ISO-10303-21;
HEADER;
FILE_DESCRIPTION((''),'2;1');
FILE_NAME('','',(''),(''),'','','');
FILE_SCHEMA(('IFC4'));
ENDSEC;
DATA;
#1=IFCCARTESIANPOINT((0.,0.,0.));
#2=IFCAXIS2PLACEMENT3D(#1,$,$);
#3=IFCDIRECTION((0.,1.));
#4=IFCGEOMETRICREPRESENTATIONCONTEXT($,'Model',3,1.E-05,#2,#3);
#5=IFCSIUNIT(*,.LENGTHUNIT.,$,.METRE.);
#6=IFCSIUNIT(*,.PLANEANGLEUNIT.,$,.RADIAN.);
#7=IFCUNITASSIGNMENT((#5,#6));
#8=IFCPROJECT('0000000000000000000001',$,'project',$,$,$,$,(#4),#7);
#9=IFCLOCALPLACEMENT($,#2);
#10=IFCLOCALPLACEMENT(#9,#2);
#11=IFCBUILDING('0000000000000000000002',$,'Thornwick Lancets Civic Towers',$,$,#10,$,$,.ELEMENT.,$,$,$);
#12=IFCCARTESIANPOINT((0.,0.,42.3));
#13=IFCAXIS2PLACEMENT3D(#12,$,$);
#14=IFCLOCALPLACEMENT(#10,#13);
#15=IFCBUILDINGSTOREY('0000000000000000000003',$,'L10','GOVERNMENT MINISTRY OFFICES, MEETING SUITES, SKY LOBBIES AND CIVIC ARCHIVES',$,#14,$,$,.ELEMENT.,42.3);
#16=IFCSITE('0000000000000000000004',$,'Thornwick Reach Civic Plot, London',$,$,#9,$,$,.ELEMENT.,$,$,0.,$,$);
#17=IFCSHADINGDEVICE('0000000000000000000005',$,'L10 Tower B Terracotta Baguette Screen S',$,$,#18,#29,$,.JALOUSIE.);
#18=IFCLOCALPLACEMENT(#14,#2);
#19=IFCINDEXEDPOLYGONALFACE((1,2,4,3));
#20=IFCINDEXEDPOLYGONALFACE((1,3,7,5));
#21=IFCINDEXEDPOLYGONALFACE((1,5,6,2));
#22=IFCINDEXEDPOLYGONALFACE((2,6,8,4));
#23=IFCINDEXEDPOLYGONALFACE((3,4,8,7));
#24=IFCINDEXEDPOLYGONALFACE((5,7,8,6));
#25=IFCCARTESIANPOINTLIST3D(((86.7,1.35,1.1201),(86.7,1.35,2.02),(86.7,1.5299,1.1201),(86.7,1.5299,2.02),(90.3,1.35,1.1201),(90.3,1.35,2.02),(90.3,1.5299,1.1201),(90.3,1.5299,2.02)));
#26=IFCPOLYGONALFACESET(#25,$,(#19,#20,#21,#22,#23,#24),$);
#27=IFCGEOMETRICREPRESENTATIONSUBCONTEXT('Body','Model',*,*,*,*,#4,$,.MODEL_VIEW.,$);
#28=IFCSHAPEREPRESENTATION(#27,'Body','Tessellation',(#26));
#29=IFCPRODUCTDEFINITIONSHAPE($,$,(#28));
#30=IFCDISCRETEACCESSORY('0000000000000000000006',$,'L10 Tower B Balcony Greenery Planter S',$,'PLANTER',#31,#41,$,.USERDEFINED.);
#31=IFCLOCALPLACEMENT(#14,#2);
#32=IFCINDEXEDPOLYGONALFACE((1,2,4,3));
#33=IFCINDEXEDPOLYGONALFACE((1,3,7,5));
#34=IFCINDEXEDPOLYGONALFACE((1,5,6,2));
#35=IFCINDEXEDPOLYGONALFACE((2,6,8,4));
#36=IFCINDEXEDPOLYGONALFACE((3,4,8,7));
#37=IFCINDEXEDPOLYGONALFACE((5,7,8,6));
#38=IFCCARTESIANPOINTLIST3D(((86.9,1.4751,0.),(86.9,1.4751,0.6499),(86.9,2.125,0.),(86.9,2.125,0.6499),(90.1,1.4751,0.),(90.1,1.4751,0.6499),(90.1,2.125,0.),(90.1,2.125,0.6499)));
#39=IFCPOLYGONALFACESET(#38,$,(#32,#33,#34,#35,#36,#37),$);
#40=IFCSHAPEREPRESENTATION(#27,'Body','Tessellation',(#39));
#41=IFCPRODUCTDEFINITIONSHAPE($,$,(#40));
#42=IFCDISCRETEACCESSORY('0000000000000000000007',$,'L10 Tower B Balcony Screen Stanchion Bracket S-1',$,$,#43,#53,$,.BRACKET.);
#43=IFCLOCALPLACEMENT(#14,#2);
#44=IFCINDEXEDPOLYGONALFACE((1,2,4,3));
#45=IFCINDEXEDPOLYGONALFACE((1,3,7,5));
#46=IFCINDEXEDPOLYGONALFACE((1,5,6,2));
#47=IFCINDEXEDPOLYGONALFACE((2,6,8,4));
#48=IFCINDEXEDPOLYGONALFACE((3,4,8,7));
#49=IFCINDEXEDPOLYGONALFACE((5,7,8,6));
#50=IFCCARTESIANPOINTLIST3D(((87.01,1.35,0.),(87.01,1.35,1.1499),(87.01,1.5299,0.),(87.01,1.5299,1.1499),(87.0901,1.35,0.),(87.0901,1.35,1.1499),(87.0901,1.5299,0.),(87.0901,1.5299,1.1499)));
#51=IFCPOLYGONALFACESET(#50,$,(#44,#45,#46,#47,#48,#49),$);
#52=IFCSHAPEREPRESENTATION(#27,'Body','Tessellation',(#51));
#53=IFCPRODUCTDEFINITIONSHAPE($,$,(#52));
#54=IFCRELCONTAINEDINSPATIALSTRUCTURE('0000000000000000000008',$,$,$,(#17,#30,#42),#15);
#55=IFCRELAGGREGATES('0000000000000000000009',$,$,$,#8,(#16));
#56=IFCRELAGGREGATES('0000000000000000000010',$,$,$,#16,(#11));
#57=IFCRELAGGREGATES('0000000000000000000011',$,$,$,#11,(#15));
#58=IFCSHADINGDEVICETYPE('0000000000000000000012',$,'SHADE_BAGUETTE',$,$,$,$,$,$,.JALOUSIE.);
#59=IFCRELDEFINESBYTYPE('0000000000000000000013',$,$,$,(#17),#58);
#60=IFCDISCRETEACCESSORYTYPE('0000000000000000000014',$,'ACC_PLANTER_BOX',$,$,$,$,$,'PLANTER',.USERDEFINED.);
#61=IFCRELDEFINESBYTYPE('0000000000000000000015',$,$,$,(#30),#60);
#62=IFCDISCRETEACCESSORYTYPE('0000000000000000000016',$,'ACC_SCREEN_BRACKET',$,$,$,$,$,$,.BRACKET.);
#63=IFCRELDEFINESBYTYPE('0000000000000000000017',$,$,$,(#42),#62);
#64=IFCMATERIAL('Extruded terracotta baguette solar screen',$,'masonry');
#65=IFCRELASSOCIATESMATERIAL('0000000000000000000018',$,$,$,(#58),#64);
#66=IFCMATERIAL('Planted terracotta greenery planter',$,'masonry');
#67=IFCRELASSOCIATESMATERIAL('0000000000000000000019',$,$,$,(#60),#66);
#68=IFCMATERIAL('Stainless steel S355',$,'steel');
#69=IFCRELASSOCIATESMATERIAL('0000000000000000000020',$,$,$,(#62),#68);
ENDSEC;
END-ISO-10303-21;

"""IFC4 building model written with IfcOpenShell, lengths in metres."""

from ifc_helpers import new_model, si_unit, direction, frame, origin, origin_2d, place, context, subcontext, project, spatial, rectangle, extrude, material, type_object, element, save


model = new_model("IFC4")

# Units and contexts
model_context = context("Model", 3, precision=1e-05, world=origin(), true_north=direction((0.0, 1.0)))
body_context = subcontext(model_context, "Body", "Model", "MODEL_VIEW")
ifc_project = project(units=[si_unit("LENGTHUNIT", "METRE"), si_unit("PLANEANGLEUNIT", "RADIAN")], contexts=[model_context])

# Site, building, storey
site_placement = place(None, origin())
site = spatial("IfcSite", under=ifc_project, at=site_placement, Name="Thornwick Reach Civic Plot, London", CompositionType="ELEMENT", RefElevation=0.0)
building_placement = place(site_placement, origin())
building = spatial("IfcBuilding", under=site, at=building_placement, Name="Thornwick Lancets Civic Towers", CompositionType="ELEMENT")
storey_placement = place(building_placement, frame((0.0, 0.0, 42.3)))
storey = spatial("IfcBuildingStorey", under=building, at=storey_placement, Name="L10", Description="GOVERNMENT MINISTRY OFFICES, MEETING SUITES, SKY LOBBIES AND CIVIC ARCHIVES", CompositionType="ELEMENT", Elevation=42.3)

# Shading device
ifc_material_1 = material(Name="Extruded terracotta baguette solar screen", Category="masonry")
shading_device_type = type_object("IfcShadingDeviceType", Name="SHADE_BAGUETTE", PredefinedType="JALOUSIE", material=ifc_material_1)
shading_device_placement = place(storey_placement, frame((88.5, 1.4399, 1.1201), z_axis=(0.0, 0.0, 1.0), x_axis=(1.0, 0.0, 0.0)))
element("IfcShadingDevice", 1, at=shading_device_placement, inside=storey, type_object=shading_device_type, Name="L10 Tower B Terracotta Baguette Screen S", PredefinedType="JALOUSIE", context=body_context, shape_type="SweptSolid", body=[
    extrude(rectangle(XDim=3.6001, YDim=0.1799, at=origin_2d()), origin(), (0.0, 0.0, 1.0), 0.8999),
])

# Discrete accessories
ifc_material_2 = material(Name="Planted terracotta greenery planter", Category="masonry")
discrete_accessory_type_1 = type_object("IfcDiscreteAccessoryType", Name="ACC_PLANTER_BOX", ElementType="PLANTER", PredefinedType="USERDEFINED", material=ifc_material_2)
discrete_accessory_1_placement = place(storey_placement, frame((88.5, 1.8, 0.0), z_axis=(0.0, 0.0, 1.0), x_axis=(1.0, 0.0, 0.0)))
element("IfcDiscreteAccessory", 2, at=discrete_accessory_1_placement, inside=storey, type_object=discrete_accessory_type_1, Name="L10 Tower B Balcony Greenery Planter S", ObjectType="PLANTER", PredefinedType="USERDEFINED", context=body_context, shape_type="SweptSolid", body=[
    extrude(rectangle(XDim=3.2, YDim=0.6499, at=origin_2d()), origin(), (0.0, 0.0, 1.0), 0.6499),
])
ifc_material_3 = material(Name="Stainless steel S355", Category="steel")
discrete_accessory_type_2 = type_object("IfcDiscreteAccessoryType", Name="ACC_SCREEN_BRACKET", PredefinedType="BRACKET", material=ifc_material_3)
discrete_accessory_2_placement = place(storey_placement, frame((87.05, 1.4399, 0.0), z_axis=(0.0, 0.0, 1.0), x_axis=(1.0, 0.0, 0.0)))
element("IfcDiscreteAccessory", 3, at=discrete_accessory_2_placement, inside=storey, type_object=discrete_accessory_type_2, Name="L10 Tower B Balcony Screen Stanchion Bracket S-1", PredefinedType="BRACKET", context=body_context, shape_type="SweptSolid", body=[
    extrude(rectangle(XDim=0.0801, YDim=0.1799, at=origin_2d()), origin(), (0.0, 0.0, 1.0), 1.1499),
])

save(model, "model.ifc")
